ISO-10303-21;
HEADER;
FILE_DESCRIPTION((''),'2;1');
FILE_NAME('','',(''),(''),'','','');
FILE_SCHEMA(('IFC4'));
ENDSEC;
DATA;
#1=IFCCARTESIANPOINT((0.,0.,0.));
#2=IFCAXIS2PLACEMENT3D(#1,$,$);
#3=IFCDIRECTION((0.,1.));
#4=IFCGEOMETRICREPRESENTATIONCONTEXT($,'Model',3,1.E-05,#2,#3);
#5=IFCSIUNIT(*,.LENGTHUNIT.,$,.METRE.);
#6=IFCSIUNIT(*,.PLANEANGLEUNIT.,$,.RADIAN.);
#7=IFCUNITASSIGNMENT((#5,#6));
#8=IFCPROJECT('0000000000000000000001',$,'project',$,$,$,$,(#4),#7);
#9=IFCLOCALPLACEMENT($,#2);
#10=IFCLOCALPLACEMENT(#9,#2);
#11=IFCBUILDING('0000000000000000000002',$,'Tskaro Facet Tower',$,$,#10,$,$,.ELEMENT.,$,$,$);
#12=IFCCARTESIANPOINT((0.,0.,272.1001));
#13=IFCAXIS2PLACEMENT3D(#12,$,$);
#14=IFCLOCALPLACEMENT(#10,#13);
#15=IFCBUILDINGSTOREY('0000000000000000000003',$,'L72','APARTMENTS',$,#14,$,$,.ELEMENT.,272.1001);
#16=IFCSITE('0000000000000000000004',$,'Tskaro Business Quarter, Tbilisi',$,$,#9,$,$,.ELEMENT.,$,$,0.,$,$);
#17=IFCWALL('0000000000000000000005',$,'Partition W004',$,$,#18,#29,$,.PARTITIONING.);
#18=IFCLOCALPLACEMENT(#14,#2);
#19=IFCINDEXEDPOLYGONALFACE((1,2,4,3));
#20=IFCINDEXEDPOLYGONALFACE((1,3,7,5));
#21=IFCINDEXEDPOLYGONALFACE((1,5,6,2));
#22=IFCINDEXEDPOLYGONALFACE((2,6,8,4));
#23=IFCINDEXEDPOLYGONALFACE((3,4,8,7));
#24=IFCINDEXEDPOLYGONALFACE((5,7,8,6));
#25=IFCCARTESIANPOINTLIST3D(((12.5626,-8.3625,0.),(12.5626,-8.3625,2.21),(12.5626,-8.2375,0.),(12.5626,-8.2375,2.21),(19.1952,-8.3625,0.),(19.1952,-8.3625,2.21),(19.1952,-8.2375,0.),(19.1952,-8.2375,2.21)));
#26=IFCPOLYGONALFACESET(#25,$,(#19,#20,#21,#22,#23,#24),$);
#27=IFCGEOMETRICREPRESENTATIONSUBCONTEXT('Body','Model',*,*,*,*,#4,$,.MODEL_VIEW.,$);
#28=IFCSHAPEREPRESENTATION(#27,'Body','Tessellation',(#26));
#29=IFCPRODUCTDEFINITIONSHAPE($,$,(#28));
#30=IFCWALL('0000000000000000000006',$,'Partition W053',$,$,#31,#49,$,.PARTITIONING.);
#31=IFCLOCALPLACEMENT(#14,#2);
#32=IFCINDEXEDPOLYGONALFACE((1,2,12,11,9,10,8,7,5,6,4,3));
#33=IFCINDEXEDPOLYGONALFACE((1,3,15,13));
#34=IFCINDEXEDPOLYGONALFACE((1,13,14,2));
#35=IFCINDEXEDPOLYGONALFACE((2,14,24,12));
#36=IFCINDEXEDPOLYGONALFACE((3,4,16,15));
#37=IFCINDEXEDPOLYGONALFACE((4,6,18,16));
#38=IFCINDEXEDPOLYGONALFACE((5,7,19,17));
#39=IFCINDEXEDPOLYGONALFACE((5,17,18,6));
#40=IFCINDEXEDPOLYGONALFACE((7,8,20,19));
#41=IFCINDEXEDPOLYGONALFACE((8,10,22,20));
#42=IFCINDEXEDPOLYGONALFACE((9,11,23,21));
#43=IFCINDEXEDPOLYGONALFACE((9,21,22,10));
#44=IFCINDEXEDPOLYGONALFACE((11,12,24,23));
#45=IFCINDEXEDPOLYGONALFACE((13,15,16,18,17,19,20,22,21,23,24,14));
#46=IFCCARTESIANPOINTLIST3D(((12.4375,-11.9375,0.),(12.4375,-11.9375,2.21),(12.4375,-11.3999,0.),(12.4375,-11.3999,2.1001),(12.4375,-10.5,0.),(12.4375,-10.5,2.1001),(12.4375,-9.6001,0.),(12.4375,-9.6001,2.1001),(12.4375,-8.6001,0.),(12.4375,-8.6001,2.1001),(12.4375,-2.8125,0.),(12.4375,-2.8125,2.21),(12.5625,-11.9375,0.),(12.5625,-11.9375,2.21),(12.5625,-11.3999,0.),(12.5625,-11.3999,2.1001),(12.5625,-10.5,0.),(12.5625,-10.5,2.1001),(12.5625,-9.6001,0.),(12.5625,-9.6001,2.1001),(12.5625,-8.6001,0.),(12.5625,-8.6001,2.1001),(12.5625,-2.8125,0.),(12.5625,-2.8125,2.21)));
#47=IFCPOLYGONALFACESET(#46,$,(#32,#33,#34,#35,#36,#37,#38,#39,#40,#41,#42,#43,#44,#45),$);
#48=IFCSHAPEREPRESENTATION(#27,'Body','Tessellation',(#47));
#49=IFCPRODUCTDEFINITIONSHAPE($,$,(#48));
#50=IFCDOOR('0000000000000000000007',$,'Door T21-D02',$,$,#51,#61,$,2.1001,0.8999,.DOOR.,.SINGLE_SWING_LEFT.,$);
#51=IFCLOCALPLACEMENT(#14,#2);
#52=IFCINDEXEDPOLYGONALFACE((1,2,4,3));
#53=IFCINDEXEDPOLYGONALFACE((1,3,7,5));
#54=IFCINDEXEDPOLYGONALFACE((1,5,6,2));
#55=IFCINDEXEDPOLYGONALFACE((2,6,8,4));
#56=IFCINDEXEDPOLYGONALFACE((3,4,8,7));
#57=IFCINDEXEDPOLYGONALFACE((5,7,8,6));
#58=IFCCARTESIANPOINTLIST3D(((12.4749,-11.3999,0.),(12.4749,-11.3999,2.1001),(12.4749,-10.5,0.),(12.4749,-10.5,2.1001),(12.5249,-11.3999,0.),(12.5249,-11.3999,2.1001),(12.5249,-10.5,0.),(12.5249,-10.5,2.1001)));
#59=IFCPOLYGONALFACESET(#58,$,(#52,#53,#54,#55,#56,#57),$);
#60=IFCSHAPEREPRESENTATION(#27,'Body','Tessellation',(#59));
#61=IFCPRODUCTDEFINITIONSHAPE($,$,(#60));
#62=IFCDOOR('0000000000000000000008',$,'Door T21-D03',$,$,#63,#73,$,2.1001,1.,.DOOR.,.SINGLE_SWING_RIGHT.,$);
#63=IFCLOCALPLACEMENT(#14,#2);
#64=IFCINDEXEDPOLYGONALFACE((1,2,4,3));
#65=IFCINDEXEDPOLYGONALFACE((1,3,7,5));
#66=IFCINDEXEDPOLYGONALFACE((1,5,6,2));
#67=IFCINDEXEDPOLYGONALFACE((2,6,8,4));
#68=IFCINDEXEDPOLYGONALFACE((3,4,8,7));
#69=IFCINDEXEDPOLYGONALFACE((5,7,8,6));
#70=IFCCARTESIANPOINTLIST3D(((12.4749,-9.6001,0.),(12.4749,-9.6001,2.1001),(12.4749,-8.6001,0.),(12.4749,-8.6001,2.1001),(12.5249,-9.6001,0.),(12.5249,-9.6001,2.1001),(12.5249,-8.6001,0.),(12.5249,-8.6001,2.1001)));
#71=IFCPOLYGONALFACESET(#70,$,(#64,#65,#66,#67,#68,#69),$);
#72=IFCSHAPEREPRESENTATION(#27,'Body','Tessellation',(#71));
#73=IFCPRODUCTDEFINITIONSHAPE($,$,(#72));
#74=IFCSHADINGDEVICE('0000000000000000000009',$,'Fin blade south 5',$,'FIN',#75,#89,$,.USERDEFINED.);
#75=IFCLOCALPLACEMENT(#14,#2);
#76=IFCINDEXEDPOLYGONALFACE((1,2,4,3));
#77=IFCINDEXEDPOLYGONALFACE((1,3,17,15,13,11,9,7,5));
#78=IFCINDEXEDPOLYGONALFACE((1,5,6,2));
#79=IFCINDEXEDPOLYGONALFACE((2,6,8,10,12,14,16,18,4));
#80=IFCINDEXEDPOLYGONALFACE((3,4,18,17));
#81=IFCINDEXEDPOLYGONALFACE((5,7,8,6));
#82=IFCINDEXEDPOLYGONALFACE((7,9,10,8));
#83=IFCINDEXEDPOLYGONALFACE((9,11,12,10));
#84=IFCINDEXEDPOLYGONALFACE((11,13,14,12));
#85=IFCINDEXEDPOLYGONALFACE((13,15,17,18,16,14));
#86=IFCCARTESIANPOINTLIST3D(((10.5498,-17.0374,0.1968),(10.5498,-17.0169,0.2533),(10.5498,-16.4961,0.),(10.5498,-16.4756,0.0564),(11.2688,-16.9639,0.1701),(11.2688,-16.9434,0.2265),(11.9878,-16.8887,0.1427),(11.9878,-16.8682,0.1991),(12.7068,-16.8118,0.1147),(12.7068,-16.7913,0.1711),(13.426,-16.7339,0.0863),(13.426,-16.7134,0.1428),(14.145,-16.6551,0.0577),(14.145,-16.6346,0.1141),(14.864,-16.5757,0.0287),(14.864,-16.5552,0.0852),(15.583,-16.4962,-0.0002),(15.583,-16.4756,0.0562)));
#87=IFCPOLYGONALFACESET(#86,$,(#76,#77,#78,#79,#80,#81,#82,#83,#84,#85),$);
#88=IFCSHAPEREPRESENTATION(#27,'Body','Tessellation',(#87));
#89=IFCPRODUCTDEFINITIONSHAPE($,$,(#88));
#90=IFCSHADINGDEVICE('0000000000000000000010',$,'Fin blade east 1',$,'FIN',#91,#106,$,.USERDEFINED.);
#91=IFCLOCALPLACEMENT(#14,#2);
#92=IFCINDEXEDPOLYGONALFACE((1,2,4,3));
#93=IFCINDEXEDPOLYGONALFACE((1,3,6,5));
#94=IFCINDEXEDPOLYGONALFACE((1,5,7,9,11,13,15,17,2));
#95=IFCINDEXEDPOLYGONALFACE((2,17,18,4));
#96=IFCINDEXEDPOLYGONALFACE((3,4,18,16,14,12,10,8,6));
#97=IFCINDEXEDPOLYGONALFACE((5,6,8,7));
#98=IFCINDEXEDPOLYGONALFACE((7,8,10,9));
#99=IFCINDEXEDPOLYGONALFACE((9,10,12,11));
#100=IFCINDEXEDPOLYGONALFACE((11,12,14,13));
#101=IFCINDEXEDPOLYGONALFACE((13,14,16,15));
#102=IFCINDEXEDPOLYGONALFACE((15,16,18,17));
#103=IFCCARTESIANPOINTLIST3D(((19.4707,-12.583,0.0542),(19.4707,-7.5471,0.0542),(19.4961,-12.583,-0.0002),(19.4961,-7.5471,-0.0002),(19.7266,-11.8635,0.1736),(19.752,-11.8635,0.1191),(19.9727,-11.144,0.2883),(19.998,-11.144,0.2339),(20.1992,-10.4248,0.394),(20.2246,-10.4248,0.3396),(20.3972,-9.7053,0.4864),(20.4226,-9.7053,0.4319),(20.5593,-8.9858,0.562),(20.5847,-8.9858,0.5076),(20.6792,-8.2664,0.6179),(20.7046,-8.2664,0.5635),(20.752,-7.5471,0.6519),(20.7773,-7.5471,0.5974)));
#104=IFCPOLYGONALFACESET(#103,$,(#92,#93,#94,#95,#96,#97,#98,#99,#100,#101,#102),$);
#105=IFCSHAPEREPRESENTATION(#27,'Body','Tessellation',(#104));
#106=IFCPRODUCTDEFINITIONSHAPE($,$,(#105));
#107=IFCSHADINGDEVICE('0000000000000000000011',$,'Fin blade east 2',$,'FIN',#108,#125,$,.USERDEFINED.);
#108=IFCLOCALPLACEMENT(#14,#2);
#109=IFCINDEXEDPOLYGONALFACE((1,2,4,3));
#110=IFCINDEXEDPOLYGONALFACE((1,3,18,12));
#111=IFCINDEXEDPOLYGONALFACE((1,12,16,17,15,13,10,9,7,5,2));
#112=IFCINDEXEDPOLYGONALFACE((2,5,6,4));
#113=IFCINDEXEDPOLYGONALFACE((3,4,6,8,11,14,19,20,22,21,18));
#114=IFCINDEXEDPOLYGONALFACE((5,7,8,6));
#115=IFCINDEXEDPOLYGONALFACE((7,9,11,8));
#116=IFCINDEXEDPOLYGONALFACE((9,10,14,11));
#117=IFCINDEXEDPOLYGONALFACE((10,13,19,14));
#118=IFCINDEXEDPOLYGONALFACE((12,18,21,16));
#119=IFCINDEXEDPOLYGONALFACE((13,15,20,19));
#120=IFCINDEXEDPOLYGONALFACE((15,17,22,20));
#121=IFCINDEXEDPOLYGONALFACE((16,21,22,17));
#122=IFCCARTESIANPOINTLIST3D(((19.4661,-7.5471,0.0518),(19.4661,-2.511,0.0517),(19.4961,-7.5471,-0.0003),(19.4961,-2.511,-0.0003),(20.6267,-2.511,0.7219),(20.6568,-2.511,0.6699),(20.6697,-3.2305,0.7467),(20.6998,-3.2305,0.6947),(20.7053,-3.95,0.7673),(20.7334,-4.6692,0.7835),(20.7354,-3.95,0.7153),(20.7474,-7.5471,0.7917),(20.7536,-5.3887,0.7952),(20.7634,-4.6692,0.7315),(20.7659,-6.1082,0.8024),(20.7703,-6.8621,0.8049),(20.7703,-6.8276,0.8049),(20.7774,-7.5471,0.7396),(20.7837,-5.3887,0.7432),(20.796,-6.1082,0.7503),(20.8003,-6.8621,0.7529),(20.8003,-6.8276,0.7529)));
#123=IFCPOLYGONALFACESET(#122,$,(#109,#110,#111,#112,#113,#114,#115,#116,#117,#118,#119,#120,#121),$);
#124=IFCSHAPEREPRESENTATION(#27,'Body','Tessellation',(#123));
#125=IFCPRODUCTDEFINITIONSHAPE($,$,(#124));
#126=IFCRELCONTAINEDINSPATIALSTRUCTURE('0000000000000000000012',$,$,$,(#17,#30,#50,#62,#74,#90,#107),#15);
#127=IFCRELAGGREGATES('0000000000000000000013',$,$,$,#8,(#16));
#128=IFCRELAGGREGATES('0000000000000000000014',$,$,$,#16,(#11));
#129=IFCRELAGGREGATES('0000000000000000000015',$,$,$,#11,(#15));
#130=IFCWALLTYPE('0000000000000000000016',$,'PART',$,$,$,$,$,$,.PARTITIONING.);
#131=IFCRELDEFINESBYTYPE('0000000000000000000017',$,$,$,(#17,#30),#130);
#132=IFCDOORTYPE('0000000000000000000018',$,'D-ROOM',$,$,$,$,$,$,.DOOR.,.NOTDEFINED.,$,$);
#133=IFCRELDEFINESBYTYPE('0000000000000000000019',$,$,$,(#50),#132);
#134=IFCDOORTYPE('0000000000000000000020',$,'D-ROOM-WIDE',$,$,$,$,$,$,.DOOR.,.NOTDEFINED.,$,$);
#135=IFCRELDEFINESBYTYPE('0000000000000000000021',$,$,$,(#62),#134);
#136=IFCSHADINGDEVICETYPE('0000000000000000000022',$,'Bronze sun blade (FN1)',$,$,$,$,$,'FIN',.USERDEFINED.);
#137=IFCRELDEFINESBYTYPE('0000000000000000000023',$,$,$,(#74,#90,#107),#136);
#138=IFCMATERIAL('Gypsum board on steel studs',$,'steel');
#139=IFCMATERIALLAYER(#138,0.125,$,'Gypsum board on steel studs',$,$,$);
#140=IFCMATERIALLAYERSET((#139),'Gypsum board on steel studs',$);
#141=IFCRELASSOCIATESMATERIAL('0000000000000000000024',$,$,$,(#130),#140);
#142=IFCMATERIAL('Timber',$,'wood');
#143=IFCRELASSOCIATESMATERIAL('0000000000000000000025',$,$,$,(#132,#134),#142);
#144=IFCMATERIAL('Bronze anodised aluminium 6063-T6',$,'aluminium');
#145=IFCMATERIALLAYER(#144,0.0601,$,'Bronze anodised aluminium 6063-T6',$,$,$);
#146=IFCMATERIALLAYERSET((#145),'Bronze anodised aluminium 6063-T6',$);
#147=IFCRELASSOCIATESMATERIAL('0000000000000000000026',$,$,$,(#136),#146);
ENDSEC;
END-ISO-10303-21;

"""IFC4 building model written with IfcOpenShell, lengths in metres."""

from ifc_helpers import new_model, si_unit, direction, frame, frame_2d, origin, place, context, subcontext, project, spatial, polyline, rectangle, outline, extrude, material, layer, layer_set, type_object, element, fill, save


model = new_model("IFC4")

# Units and contexts
model_context = context("Model", 3, precision=1e-05, world=origin(), true_north=direction((0.0, 1.0)))
body_context = subcontext(model_context, "Body", "Model", "MODEL_VIEW")
ifc_project = project(units=[si_unit("LENGTHUNIT", "METRE"), si_unit("PLANEANGLEUNIT", "RADIAN")], contexts=[model_context])

# Site, building, storey
site_placement = place(None, origin())
site = spatial("IfcSite", under=ifc_project, at=site_placement, Name="Tskaro Business Quarter, Tbilisi", CompositionType="ELEMENT", RefElevation=0.0)
building_placement = place(site_placement, origin())
building = spatial("IfcBuilding", under=site, at=building_placement, Name="Tskaro Facet Tower", CompositionType="ELEMENT")
storey_placement = place(building_placement, frame((0.0, 0.0, 272.1001)))
storey = spatial("IfcBuildingStorey", under=building, at=storey_placement, Name="L72", Description="APARTMENTS", CompositionType="ELEMENT", Elevation=272.1001)

# Shared definitions
ifc_material_1 = material(Name="Bronze anodised aluminium 6063-T6", Category="aluminium")

# Wall
ifc_material_2 = material(Name="Gypsum board on steel studs", Category="steel")
ifc_layer_1 = layer(ifc_material_2, 0.125, Name="Gypsum board on steel studs")
ifc_layer_set_1 = layer_set([ifc_layer_1], Name="Gypsum board on steel studs")
wall_type_1 = type_object("IfcWallType", Name="PART", PredefinedType="PARTITIONING", material=ifc_layer_set_1)
wall_1_placement = place(storey_placement, frame((12.5625, -8.3, 0.0), z_axis=(0.0, 0.0, 1.0), x_axis=(1.0, 0.0, 0.0)))
element("IfcWall", 1, at=wall_1_placement, inside=storey, type_object=wall_type_1, Name="Partition W004", PredefinedType="PARTITIONING", context=body_context, shape_type="SweptSolid", body=[
    extrude(rectangle(XDim=6.6326, YDim=0.125, at=frame_2d((3.3164, 0.0))), origin(), (0.0, 0.0, 1.0), 2.21),
])

# Wall, openings, doors
wall_2_placement = place(storey_placement, frame((12.5, -2.8125, 0.0), z_axis=(0.0, 0.0, 1.0), x_axis=(0.0, -1.0, 0.0)))
wall_2 = element("IfcWall", 2, at=wall_2_placement, inside=storey, type_object=wall_type_1, Name="Partition W053", PredefinedType="PARTITIONING", context=body_context, shape_type="SweptSolid", body=[
    extrude(rectangle(XDim=9.125, YDim=0.125, at=frame_2d((4.5625, 0.0))), origin(), (0.0, 0.0, 1.0), 2.21),
])
opening_1_placement = place(wall_2_placement, frame((5.7876, 0.0, 0.0)))
opening_1 = element("IfcOpeningElement", 3, at=opening_1_placement, cuts=wall_2, PredefinedType="OPENING", context=body_context, shape_type="SweptSolid", body=[
    extrude(rectangle(XDim=1.0, YDim=2.1001, at=frame_2d((0.5, 1.05))), frame((0.0, 0.0725, 0.0), z_axis=(0.0, -1.0, 0.0), x_axis=(1.0, 0.0, 0.0)), (0.0, 0.0, 1.0), 0.145),
])
opening_2_placement = place(wall_2_placement, frame((7.6875, 0.0, 0.0)))
opening_2 = element("IfcOpeningElement", 4, at=opening_2_placement, cuts=wall_2, PredefinedType="OPENING", context=body_context, shape_type="SweptSolid", body=[
    extrude(rectangle(XDim=0.8999, YDim=2.1001, at=frame_2d((0.45, 1.05))), frame((0.0, 0.0725, 0.0), z_axis=(0.0, -1.0, 0.0), x_axis=(1.0, 0.0, 0.0)), (0.0, 0.0, 1.0), 0.145),
])
ifc_material_3 = material(Name="Timber", Category="wood")
door_type_1 = type_object("IfcDoorType", Name="D-ROOM", OperationType="NOTDEFINED", PredefinedType="DOOR", material=ifc_material_3)
door_1_placement = place(opening_2_placement, origin())
door_1 = element("IfcDoor", 5, at=door_1_placement, inside=storey, type_object=door_type_1, Name="Door T21-D02", OperationType="SINGLE_SWING_LEFT", OverallHeight=2.1001, OverallWidth=0.8999, PredefinedType="DOOR", context=body_context, shape_type="SweptSolid", body=[
    extrude(rectangle(XDim=0.8999, YDim=2.1001, at=frame_2d((0.45, 1.05))), frame((0.0, 0.0249, 0.0), z_axis=(0.0, -1.0, 0.0), x_axis=(1.0, 0.0, 0.0)), (0.0, 0.0, 1.0), 0.05),
])
fill(opening_2, door_1)
door_type_2 = type_object("IfcDoorType", Name="D-ROOM-WIDE", OperationType="NOTDEFINED", PredefinedType="DOOR", material=ifc_material_3)
door_2_placement = place(opening_1_placement, origin())
door_2 = element("IfcDoor", 6, at=door_2_placement, inside=storey, type_object=door_type_2, Name="Door T21-D03", OperationType="SINGLE_SWING_RIGHT", OverallHeight=2.1001, OverallWidth=1.0, PredefinedType="DOOR", context=body_context, shape_type="SweptSolid", body=[
    extrude(rectangle(XDim=1.0, YDim=2.1001, at=frame_2d((0.5, 1.05))), frame((0.0, 0.0249, 0.0), z_axis=(0.0, -1.0, 0.0), x_axis=(1.0, 0.0, 0.0)), (0.0, 0.0, 1.0), 0.05),
])
fill(opening_1, door_2)

# Shading devices
ifc_layer_2 = layer(ifc_material_1, 0.0601, Name="Bronze anodised aluminium 6063-T6")
ifc_layer_set_2 = layer_set([ifc_layer_2], Name="Bronze anodised aluminium 6063-T6")
shading_device_type = type_object("IfcShadingDeviceType", Name="Bronze sun blade (FN1)", ElementType="FIN", PredefinedType="USERDEFINED", material=ifc_layer_set_2)
shading_device_1_placement = place(storey_placement, frame((10.5498, -16.4756, 0.0564), z_axis=(0.000033, 0.341777, 0.939781), x_axis=(1.0, -0.000011, -0.000031)))
element("IfcShadingDevice", 7, at=shading_device_1_placement, inside=storey, type_object=shading_device_type, Name="Fin blade south 5", ObjectType="FIN", PredefinedType="USERDEFINED", context=body_context, shape_type="SweptSolid", body=[
    extrude(outline(polyline([(0.0, 0.0), (5.0332, 0.0), (4.3142, -0.0846), (3.5952, -0.1691), (2.8762, -0.253), (2.157, -0.3359), (1.438, -0.4178), (0.719, -0.4978), (0.0, -0.576), (0.0, 0.0)])), origin(), (0.0, 0.0, -1.0), 0.0601),
])
shading_device_2_placement = place(storey_placement, frame((19.4707, -12.583, 0.0542), z_axis=(-0.422734, 0.0, 0.906254), x_axis=(0.0, 1.0, 0.0)))
element("IfcShadingDevice", 8, at=shading_device_2_placement, inside=storey, type_object=shading_device_type, Name="Fin blade east 1", ObjectType="FIN", PredefinedType="USERDEFINED", context=body_context, shape_type="SweptSolid", body=[
    extrude(outline(polyline([(0.0, 0.0), (5.0359, 0.0), (5.0359, -1.4138), (4.3167, -1.3335), (3.5972, -1.2012), (2.8777, -1.0223), (2.1582, -0.8039), (1.439, -0.5539), (0.7195, -0.2823), (0.0, 0.0)])), origin(), (0.0, 0.0, -1.0), 0.0601),
])
shading_device_3_placement = place(storey_placement, frame((19.4661, -7.5471, 0.0518), z_axis=(-0.500067, 0.000016, 0.865987), x_axis=(0.000008, 1.0, -0.000014)))
element("IfcShadingDevice", 9, at=shading_device_3_placement, inside=storey, type_object=shading_device_type, Name="Fin blade east 2", ObjectType="FIN", PredefinedType="USERDEFINED", context=body_context, shape_type="SweptSolid", body=[
    extrude(outline(polyline([(0.0, 0.0), (5.0361, 0.0), (5.0361, -1.3402), (4.3167, -1.3899), (3.5972, -1.431), (2.8779, -1.4634), (2.1584, -1.4868), (1.439, -1.501), (0.7195, -1.5061), (0.6851, -1.5061), (0.0, -1.4796), (0.0, 0.0)])), origin(), (0.0, 0.0, -1.0), 0.0601),
])

save(model, "model.ifc")
